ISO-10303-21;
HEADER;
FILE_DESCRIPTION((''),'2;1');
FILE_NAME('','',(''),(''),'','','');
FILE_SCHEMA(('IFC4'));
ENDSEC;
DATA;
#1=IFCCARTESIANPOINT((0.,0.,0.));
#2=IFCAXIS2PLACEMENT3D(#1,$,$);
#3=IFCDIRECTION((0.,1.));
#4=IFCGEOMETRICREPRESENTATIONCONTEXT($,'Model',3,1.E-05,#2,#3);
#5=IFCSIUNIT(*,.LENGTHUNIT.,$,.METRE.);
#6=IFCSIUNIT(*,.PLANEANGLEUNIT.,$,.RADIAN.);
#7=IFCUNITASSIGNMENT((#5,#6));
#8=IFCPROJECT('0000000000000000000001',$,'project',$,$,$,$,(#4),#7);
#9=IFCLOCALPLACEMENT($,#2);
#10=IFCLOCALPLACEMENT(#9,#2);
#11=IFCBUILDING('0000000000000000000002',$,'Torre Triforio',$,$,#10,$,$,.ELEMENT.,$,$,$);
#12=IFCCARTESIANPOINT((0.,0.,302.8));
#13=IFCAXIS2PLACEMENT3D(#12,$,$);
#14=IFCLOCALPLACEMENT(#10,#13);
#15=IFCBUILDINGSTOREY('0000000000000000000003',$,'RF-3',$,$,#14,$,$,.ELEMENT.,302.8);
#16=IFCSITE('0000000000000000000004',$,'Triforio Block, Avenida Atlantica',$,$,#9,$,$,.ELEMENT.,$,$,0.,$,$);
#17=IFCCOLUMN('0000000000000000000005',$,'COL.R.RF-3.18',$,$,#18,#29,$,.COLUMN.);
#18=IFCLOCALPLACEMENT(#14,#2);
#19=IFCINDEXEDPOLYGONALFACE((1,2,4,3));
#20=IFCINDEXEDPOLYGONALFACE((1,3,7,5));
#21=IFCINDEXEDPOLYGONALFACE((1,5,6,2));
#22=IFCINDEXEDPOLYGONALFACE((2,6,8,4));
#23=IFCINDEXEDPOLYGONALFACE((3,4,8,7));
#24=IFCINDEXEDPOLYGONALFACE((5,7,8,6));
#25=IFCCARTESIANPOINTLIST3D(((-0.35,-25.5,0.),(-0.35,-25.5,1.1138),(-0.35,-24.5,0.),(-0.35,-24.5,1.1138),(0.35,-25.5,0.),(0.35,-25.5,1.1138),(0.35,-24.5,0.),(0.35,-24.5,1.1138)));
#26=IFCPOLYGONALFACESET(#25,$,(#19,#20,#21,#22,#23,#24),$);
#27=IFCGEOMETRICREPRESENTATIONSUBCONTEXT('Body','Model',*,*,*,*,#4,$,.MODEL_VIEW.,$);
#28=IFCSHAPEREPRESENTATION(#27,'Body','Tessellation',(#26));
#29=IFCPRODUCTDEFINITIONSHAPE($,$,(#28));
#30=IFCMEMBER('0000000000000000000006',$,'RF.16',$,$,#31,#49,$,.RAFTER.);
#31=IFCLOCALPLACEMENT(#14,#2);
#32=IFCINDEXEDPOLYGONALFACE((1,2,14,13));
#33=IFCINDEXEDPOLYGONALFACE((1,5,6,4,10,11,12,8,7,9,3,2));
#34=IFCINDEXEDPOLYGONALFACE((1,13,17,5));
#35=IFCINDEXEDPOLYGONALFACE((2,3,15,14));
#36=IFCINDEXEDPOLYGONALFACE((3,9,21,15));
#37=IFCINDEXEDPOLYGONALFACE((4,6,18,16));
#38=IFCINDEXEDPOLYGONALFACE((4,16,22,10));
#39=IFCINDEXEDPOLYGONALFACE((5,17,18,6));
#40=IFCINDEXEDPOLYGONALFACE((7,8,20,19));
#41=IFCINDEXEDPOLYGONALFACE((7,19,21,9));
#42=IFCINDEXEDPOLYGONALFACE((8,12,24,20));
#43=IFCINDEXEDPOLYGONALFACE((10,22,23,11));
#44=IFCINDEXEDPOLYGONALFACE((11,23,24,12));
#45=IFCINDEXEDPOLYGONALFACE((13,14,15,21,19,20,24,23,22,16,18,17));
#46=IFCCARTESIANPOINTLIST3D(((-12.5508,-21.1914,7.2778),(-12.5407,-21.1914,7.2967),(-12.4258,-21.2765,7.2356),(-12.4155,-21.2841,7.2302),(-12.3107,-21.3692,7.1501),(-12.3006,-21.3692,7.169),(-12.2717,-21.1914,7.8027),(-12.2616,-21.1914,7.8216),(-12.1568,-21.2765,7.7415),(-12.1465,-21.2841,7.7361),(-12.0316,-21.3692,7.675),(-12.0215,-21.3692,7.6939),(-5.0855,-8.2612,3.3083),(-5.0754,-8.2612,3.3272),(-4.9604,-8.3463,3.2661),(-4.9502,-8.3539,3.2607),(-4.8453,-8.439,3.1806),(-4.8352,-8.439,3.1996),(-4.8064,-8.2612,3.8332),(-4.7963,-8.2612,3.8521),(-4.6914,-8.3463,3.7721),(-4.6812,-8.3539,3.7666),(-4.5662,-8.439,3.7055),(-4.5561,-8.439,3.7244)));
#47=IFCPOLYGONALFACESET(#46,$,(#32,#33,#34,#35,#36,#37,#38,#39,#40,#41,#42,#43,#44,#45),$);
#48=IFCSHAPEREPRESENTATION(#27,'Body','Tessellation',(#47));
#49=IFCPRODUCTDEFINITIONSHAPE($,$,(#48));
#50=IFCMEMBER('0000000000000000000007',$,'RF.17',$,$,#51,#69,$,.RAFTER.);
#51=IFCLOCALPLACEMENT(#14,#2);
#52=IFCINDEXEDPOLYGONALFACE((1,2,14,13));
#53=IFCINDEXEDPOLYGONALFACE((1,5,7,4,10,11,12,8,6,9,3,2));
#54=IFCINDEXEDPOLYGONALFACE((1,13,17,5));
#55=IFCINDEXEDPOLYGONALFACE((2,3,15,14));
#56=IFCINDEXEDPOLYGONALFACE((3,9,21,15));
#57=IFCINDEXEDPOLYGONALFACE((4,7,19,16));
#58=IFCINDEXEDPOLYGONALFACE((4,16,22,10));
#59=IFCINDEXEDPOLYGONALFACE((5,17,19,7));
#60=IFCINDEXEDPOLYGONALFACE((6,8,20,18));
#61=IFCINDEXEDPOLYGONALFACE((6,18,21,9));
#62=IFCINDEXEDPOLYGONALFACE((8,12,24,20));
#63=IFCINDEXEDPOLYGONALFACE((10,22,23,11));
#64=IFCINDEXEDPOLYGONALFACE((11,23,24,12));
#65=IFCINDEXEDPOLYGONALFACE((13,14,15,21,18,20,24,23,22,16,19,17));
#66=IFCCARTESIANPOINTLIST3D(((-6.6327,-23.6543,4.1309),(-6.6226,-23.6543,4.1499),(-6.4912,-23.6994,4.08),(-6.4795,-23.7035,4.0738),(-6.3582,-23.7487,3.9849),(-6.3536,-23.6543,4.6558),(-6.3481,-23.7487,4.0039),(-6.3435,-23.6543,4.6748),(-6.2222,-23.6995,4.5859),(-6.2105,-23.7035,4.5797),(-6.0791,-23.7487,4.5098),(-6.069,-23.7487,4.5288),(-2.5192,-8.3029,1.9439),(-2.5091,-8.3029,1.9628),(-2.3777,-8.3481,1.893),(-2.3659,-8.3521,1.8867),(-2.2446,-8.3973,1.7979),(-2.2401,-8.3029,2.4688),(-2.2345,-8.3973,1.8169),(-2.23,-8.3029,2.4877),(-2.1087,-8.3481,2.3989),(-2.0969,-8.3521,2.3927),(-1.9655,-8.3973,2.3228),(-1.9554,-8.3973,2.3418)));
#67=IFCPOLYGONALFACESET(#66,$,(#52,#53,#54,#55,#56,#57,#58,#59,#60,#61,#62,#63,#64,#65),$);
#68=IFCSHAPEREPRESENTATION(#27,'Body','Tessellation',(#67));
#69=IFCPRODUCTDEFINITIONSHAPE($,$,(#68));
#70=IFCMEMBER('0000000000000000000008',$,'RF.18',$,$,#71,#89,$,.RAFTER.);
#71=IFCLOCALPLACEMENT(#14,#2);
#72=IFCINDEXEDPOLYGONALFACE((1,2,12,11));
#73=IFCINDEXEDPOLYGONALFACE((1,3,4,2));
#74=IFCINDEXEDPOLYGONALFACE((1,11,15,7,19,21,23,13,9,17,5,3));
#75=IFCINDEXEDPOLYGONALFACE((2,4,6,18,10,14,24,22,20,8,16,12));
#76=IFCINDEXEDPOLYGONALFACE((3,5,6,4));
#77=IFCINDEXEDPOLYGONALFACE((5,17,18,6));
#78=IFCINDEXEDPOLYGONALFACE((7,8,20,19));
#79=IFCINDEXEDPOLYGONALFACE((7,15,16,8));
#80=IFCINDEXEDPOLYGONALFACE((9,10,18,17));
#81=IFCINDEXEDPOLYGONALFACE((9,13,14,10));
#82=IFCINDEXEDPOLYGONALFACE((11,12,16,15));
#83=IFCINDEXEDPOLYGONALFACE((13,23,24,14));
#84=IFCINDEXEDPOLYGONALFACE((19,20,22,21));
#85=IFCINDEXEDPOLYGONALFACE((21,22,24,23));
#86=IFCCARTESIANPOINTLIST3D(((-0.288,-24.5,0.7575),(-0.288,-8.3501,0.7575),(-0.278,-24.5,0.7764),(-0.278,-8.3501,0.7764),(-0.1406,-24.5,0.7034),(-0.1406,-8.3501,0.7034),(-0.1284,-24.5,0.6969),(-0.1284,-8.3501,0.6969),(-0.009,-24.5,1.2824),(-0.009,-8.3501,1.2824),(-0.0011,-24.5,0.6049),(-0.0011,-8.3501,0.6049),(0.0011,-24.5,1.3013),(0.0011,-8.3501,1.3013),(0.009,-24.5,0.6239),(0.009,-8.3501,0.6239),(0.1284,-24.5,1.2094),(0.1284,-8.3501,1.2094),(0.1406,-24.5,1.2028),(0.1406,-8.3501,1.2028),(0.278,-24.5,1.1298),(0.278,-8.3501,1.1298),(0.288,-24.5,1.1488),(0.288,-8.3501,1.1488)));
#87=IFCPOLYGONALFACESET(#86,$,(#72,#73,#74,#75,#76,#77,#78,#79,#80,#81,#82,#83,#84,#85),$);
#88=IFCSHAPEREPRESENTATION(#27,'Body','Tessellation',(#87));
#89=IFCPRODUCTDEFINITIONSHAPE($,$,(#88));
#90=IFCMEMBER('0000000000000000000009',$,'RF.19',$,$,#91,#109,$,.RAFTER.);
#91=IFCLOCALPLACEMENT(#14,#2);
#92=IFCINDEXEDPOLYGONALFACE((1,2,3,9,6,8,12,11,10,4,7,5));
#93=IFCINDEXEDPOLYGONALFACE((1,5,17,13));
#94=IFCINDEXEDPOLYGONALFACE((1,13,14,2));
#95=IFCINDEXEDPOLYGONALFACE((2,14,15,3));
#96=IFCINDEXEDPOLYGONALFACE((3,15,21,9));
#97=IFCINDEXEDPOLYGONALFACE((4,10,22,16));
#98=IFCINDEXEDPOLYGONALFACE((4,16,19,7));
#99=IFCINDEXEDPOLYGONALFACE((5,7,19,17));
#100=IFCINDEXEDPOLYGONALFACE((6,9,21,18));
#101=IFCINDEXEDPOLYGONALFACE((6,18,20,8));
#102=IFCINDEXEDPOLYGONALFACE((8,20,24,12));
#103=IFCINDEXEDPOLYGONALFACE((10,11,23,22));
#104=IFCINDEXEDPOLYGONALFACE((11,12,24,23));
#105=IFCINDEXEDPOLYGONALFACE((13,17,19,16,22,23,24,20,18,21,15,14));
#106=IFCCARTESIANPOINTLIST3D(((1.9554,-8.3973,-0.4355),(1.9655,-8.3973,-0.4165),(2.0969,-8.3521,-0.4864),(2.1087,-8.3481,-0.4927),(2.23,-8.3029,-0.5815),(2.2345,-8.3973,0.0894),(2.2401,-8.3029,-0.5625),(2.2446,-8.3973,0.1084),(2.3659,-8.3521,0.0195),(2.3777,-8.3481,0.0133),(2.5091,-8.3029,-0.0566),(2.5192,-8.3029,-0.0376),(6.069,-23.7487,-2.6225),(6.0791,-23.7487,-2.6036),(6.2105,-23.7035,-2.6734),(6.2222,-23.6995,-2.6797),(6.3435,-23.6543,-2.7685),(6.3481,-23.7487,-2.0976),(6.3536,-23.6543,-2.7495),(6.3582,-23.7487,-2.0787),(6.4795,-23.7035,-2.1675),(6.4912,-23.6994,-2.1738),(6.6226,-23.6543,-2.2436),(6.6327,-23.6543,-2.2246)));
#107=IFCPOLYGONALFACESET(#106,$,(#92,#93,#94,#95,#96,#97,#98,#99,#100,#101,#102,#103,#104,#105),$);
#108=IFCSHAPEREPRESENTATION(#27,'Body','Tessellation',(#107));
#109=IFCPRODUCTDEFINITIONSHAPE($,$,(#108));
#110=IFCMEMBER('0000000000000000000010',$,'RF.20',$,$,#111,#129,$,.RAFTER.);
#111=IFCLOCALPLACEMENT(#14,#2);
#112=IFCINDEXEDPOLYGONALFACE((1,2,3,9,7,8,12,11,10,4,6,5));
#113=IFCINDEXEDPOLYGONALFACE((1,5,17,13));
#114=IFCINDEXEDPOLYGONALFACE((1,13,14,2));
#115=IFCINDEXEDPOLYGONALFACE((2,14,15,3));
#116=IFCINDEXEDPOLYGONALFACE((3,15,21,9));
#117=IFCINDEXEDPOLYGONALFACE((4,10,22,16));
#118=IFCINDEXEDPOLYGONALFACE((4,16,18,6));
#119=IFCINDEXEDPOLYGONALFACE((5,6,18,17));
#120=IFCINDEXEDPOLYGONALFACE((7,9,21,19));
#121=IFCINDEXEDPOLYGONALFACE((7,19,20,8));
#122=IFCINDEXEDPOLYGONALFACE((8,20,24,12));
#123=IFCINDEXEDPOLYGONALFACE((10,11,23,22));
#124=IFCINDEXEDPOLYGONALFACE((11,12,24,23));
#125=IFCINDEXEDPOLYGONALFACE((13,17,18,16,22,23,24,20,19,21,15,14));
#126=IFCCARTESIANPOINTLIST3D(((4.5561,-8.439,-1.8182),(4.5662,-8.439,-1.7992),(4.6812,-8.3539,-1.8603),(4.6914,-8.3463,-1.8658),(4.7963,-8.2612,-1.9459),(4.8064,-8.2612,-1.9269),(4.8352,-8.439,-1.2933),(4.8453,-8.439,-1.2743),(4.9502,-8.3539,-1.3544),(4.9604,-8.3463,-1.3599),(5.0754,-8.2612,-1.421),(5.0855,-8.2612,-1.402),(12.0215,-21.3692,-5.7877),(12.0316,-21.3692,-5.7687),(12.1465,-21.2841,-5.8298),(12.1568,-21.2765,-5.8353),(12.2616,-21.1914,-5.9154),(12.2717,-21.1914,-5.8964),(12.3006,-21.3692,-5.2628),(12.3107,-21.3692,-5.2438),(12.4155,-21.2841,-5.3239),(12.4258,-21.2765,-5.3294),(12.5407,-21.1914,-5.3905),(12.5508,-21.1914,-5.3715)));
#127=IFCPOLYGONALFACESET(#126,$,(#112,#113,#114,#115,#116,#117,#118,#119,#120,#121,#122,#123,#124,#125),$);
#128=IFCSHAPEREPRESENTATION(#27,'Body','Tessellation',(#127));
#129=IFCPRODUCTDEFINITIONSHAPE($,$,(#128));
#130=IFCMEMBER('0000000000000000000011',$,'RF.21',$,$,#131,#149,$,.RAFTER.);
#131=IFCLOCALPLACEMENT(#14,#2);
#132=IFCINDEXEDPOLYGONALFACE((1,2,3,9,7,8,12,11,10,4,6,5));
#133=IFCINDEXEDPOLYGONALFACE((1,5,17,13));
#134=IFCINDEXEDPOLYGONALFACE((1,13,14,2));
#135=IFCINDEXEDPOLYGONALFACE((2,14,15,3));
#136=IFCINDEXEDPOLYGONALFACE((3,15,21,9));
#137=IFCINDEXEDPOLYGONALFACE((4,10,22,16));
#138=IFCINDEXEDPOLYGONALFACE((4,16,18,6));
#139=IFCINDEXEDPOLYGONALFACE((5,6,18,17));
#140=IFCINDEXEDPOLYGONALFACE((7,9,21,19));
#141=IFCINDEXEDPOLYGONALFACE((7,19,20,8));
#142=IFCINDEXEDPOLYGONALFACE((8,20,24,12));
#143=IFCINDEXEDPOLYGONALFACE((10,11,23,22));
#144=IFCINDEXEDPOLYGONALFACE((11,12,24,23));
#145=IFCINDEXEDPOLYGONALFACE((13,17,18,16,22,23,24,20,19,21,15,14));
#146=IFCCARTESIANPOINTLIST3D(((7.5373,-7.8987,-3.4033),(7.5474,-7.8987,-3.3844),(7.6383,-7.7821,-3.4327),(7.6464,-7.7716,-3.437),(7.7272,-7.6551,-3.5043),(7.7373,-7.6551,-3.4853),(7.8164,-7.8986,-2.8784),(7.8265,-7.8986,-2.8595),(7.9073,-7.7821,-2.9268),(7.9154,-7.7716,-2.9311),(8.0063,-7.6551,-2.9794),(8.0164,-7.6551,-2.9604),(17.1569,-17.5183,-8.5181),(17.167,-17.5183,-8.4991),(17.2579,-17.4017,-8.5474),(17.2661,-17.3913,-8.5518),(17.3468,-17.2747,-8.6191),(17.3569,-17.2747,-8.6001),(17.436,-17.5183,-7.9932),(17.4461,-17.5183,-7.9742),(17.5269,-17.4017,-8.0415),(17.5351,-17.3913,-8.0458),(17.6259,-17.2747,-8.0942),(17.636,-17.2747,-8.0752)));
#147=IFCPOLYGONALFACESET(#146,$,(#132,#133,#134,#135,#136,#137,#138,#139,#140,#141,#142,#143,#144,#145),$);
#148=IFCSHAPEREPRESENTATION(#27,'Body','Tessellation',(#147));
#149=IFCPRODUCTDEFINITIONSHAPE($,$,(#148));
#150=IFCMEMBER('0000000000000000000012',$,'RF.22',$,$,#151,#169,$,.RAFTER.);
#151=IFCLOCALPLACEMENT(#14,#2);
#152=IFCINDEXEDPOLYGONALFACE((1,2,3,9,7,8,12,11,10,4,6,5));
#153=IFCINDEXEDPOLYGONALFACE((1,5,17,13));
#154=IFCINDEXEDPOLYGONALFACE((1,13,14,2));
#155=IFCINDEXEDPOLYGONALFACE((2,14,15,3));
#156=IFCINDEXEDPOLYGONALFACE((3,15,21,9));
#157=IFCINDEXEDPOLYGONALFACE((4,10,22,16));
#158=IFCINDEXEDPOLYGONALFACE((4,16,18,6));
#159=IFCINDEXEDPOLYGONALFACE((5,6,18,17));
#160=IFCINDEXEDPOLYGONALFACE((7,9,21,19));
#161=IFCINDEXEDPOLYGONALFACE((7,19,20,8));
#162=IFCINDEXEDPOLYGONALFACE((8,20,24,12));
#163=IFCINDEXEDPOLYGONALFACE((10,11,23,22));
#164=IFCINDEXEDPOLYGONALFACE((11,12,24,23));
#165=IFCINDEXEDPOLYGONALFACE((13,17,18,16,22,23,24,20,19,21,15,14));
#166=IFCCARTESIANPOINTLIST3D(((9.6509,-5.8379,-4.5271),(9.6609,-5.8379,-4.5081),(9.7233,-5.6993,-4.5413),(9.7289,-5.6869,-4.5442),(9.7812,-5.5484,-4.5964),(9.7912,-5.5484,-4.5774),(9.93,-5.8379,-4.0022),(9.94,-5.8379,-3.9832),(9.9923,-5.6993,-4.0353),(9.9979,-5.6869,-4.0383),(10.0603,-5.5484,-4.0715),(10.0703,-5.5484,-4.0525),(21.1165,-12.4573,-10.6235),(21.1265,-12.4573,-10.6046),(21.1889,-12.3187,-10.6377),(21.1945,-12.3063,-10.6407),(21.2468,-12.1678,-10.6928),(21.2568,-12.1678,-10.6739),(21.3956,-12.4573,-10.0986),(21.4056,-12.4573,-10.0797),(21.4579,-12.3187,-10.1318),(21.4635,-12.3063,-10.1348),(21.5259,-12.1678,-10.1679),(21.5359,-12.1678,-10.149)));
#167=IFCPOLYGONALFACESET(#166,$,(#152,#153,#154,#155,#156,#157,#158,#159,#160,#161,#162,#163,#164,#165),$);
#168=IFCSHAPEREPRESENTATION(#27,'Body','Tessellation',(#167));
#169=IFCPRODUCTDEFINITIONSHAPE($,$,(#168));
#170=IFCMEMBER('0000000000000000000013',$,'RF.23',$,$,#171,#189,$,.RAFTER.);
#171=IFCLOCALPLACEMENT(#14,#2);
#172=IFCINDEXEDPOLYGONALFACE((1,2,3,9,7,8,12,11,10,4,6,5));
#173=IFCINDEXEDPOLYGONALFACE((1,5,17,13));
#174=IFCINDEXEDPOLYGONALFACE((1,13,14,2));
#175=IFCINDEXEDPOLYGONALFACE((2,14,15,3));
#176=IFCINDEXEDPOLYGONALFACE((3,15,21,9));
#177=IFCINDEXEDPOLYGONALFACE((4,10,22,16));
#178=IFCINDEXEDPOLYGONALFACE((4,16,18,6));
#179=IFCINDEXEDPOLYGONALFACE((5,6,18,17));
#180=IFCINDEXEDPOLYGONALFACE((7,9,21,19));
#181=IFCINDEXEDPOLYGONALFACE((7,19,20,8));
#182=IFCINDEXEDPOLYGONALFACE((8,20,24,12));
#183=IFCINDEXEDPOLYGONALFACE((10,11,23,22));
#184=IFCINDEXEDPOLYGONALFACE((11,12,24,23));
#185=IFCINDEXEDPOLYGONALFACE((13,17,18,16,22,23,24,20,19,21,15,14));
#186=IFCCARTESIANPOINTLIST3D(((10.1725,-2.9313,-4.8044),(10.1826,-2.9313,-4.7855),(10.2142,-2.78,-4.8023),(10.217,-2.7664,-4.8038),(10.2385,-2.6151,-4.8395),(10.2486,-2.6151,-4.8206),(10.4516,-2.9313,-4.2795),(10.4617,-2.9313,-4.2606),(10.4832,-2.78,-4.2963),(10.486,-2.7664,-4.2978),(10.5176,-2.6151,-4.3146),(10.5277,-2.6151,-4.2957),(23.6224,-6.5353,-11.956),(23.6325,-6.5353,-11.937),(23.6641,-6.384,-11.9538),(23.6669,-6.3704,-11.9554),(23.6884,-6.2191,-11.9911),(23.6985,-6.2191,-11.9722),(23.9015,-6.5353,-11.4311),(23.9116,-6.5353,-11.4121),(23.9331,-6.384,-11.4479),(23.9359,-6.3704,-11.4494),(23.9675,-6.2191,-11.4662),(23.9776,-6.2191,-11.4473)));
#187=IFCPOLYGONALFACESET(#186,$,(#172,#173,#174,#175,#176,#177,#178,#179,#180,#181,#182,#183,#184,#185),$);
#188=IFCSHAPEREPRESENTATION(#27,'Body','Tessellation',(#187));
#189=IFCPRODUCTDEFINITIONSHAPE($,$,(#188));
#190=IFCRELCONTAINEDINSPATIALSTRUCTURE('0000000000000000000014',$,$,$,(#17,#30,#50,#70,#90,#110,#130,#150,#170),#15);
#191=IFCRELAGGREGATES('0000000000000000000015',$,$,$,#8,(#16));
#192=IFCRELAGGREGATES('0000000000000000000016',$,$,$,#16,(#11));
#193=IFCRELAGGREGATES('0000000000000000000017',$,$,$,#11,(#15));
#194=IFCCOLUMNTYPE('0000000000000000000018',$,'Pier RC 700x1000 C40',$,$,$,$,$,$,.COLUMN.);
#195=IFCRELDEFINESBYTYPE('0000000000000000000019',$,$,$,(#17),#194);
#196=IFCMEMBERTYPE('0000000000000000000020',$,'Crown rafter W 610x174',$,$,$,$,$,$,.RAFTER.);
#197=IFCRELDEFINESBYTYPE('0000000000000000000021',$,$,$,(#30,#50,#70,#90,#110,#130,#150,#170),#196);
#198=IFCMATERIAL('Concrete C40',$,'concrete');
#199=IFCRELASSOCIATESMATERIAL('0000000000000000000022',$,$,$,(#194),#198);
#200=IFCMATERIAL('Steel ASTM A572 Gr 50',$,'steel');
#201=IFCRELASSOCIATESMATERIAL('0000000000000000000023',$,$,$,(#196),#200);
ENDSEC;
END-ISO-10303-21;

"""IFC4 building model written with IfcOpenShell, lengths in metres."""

from ifc_helpers import new_model, si_unit, direction, frame, origin, origin_2d, place, context, subcontext, project, spatial, rectangle, i_section, extrude, material, material_profile, profile_set, type_object, element, save


model = new_model("IFC4")

# Units and contexts
model_context = context("Model", 3, precision=1e-05, world=origin(), true_north=direction((0.0, 1.0)))
body_context = subcontext(model_context, "Body", "Model", "MODEL_VIEW")
ifc_project = project(units=[si_unit("LENGTHUNIT", "METRE"), si_unit("PLANEANGLEUNIT", "RADIAN")], contexts=[model_context])

# Site, building, storey
site_placement = place(None, origin())
site = spatial("IfcSite", under=ifc_project, at=site_placement, Name="Triforio Block, Avenida Atlantica", CompositionType="ELEMENT", RefElevation=0.0)
building_placement = place(site_placement, origin())
building = spatial("IfcBuilding", under=site, at=building_placement, Name="Torre Triforio", CompositionType="ELEMENT")
storey_placement = place(building_placement, frame((0.0, 0.0, 302.8)))
storey = spatial("IfcBuildingStorey", under=building, at=storey_placement, Name="RF-3", CompositionType="ELEMENT", Elevation=302.8)

# Column
ifc_material_1 = material(Name="Concrete C40", Category="concrete")
ifc_material_profile_1 = material_profile(ifc_material_1, rectangle(XDim=0.7, YDim=1.0, at=origin_2d()), Name="RC 700x1000")
ifc_profile_set_1 = profile_set([ifc_material_profile_1], Name="Concrete C40")
column_type = type_object("IfcColumnType", Name="Pier RC 700x1000 C40", PredefinedType="COLUMN", material=ifc_profile_set_1)
column_placement = place(storey_placement, frame((0.0, -25.0, 0.0), z_axis=(0.0, 0.0, 1.0), x_axis=(1.0, 0.0, 0.0)))
element("IfcColumn", 1, at=column_placement, inside=storey, type_object=column_type, Name="COL.R.RF-3.18", PredefinedType="COLUMN", context=body_context, shape_type="SweptSolid", body=[
    extrude(rectangle(XDim=0.7, YDim=1.0, at=origin_2d()), origin(), (0.0, 0.0, 1.0), 1.1138),
])

# Members
ifc_material_2 = material(Name="Steel ASTM A572 Gr 50", Category="steel")
ifc_material_profile_2 = material_profile(ifc_material_2, i_section(OverallWidth=0.325, OverallDepth=0.616, WebThickness=0.0139, FlangeThickness=0.0215, at=origin_2d()), Name="W 610x174")
ifc_profile_set_2 = profile_set([ifc_material_profile_2], Name="Steel ASTM A572 Gr 50")
member_type = type_object("IfcMemberType", Name="Crown rafter W 610x174", PredefinedType="RAFTER", material=ifc_profile_set_2)
member_1_placement = place(storey_placement, frame((-4.8208, -8.3501, 3.5164), z_axis=(-0.483218, -0.836949, 0.256938), x_axis=(0.738981, -0.547282, -0.392925)))
element("IfcMember", 2, at=member_1_placement, inside=storey, type_object=member_type, Name="RF.16", PredefinedType="RAFTER", context=body_context, shape_type="SweptSolid", body=[
    extrude(i_section(OverallWidth=0.325, OverallDepth=0.616, WebThickness=0.0139, FlangeThickness=0.0215, at=origin_2d()), origin(), (0.0, 0.0, 1.0), 15.4492),
])
member_2_placement = place(storey_placement, frame((-2.2373, -8.3501, 2.1428), z_axis=(-0.256412, -0.956906, 0.136325), x_axis=(0.844897, -0.290399, -0.449241)))
element("IfcMember", 3, at=member_2_placement, inside=storey, type_object=member_type, Name="RF.17", PredefinedType="RAFTER", context=body_context, shape_type="SweptSolid", body=[
    extrude(i_section(OverallWidth=0.325, OverallDepth=0.616, WebThickness=0.0139, FlangeThickness=0.0215, at=origin_2d()), origin(), (0.0, 0.0, 1.0), 16.0427),
])
member_3_placement = place(storey_placement, frame((0.0, -8.3501, 0.9531), z_axis=(0.0, -1.0, 0.0), x_axis=(0.882948, 0.0, -0.469472)))
element("IfcMember", 4, at=member_3_placement, inside=storey, type_object=member_type, Name="RF.18", PredefinedType="RAFTER", context=body_context, shape_type="SweptSolid", body=[
    extrude(i_section(OverallWidth=0.325, OverallDepth=0.616, WebThickness=0.0139, FlangeThickness=0.0215, at=origin_2d()), origin(), (0.0, 0.0, 1.0), 16.1499),
])
member_4_placement = place(storey_placement, frame((2.2373, -8.3501, -0.2366), z_axis=(0.256412, -0.956906, -0.136325), x_axis=(0.844897, 0.290399, -0.449241)))
element("IfcMember", 5, at=member_4_placement, inside=storey, type_object=member_type, Name="RF.19", PredefinedType="RAFTER", context=body_context, shape_type="SweptSolid", body=[
    extrude(i_section(OverallWidth=0.325, OverallDepth=0.616, WebThickness=0.0139, FlangeThickness=0.0215, at=origin_2d()), origin(), (0.0, 0.0, 1.0), 16.0427),
])
member_5_placement = place(storey_placement, frame((4.8208, -8.3501, -1.6101), z_axis=(0.483218, -0.836949, -0.256938), x_axis=(0.738981, 0.547282, -0.392925)))
element("IfcMember", 6, at=member_5_placement, inside=storey, type_object=member_type, Name="RF.20", PredefinedType="RAFTER", context=body_context, shape_type="SweptSolid", body=[
    extrude(i_section(OverallWidth=0.325, OverallDepth=0.616, WebThickness=0.0139, FlangeThickness=0.0215, at=origin_2d()), origin(), (0.0, 0.0, 1.0), 15.4492),
])
member_6_placement = place(storey_placement, frame((7.7769, -7.7769, -3.1819), z_axis=(0.661874, -0.661874, -0.351918), x_axis=(0.5844, 0.749615, -0.310731)))
element("IfcMember", 7, at=member_6_placement, inside=storey, type_object=member_type, Name="RF.21", PredefinedType="RAFTER", context=body_context, shape_type="SweptSolid", body=[
    extrude(i_section(OverallWidth=0.325, OverallDepth=0.616, WebThickness=0.0139, FlangeThickness=0.0215, at=origin_2d()), origin(), (0.0, 0.0, 1.0), 14.5339),
])
member_7_placement = place(storey_placement, frame((9.8606, -5.6931, -4.2898), z_axis=(0.786639, -0.454148, -0.418269), x_axis=(0.400985, 0.890926, -0.213216)))
element("IfcMember", 8, at=member_7_placement, inside=storey, type_object=member_type, Name="RF.22", PredefinedType="RAFTER", context=body_context, shape_type="SweptSolid", body=[
    extrude(i_section(OverallWidth=0.325, OverallDepth=0.616, WebThickness=0.0139, FlangeThickness=0.0215, at=origin_2d()), origin(), (0.0, 0.0, 1.0), 14.5754),
])
member_8_placement = place(storey_placement, frame((10.3501, -2.7732, -4.55), z_axis=(0.859223, -0.230235, -0.456867), x_axis=(0.203287, 0.973135, -0.108086)))
element("IfcMember", 9, at=member_8_placement, inside=storey, type_object=member_type, Name="RF.23", PredefinedType="RAFTER", context=body_context, shape_type="SweptSolid", body=[
    extrude(i_section(OverallWidth=0.325, OverallDepth=0.616, WebThickness=0.0139, FlangeThickness=0.0215, at=origin_2d()), origin(), (0.0, 0.0, 1.0), 15.6536),
])

save(model, "model.ifc")
